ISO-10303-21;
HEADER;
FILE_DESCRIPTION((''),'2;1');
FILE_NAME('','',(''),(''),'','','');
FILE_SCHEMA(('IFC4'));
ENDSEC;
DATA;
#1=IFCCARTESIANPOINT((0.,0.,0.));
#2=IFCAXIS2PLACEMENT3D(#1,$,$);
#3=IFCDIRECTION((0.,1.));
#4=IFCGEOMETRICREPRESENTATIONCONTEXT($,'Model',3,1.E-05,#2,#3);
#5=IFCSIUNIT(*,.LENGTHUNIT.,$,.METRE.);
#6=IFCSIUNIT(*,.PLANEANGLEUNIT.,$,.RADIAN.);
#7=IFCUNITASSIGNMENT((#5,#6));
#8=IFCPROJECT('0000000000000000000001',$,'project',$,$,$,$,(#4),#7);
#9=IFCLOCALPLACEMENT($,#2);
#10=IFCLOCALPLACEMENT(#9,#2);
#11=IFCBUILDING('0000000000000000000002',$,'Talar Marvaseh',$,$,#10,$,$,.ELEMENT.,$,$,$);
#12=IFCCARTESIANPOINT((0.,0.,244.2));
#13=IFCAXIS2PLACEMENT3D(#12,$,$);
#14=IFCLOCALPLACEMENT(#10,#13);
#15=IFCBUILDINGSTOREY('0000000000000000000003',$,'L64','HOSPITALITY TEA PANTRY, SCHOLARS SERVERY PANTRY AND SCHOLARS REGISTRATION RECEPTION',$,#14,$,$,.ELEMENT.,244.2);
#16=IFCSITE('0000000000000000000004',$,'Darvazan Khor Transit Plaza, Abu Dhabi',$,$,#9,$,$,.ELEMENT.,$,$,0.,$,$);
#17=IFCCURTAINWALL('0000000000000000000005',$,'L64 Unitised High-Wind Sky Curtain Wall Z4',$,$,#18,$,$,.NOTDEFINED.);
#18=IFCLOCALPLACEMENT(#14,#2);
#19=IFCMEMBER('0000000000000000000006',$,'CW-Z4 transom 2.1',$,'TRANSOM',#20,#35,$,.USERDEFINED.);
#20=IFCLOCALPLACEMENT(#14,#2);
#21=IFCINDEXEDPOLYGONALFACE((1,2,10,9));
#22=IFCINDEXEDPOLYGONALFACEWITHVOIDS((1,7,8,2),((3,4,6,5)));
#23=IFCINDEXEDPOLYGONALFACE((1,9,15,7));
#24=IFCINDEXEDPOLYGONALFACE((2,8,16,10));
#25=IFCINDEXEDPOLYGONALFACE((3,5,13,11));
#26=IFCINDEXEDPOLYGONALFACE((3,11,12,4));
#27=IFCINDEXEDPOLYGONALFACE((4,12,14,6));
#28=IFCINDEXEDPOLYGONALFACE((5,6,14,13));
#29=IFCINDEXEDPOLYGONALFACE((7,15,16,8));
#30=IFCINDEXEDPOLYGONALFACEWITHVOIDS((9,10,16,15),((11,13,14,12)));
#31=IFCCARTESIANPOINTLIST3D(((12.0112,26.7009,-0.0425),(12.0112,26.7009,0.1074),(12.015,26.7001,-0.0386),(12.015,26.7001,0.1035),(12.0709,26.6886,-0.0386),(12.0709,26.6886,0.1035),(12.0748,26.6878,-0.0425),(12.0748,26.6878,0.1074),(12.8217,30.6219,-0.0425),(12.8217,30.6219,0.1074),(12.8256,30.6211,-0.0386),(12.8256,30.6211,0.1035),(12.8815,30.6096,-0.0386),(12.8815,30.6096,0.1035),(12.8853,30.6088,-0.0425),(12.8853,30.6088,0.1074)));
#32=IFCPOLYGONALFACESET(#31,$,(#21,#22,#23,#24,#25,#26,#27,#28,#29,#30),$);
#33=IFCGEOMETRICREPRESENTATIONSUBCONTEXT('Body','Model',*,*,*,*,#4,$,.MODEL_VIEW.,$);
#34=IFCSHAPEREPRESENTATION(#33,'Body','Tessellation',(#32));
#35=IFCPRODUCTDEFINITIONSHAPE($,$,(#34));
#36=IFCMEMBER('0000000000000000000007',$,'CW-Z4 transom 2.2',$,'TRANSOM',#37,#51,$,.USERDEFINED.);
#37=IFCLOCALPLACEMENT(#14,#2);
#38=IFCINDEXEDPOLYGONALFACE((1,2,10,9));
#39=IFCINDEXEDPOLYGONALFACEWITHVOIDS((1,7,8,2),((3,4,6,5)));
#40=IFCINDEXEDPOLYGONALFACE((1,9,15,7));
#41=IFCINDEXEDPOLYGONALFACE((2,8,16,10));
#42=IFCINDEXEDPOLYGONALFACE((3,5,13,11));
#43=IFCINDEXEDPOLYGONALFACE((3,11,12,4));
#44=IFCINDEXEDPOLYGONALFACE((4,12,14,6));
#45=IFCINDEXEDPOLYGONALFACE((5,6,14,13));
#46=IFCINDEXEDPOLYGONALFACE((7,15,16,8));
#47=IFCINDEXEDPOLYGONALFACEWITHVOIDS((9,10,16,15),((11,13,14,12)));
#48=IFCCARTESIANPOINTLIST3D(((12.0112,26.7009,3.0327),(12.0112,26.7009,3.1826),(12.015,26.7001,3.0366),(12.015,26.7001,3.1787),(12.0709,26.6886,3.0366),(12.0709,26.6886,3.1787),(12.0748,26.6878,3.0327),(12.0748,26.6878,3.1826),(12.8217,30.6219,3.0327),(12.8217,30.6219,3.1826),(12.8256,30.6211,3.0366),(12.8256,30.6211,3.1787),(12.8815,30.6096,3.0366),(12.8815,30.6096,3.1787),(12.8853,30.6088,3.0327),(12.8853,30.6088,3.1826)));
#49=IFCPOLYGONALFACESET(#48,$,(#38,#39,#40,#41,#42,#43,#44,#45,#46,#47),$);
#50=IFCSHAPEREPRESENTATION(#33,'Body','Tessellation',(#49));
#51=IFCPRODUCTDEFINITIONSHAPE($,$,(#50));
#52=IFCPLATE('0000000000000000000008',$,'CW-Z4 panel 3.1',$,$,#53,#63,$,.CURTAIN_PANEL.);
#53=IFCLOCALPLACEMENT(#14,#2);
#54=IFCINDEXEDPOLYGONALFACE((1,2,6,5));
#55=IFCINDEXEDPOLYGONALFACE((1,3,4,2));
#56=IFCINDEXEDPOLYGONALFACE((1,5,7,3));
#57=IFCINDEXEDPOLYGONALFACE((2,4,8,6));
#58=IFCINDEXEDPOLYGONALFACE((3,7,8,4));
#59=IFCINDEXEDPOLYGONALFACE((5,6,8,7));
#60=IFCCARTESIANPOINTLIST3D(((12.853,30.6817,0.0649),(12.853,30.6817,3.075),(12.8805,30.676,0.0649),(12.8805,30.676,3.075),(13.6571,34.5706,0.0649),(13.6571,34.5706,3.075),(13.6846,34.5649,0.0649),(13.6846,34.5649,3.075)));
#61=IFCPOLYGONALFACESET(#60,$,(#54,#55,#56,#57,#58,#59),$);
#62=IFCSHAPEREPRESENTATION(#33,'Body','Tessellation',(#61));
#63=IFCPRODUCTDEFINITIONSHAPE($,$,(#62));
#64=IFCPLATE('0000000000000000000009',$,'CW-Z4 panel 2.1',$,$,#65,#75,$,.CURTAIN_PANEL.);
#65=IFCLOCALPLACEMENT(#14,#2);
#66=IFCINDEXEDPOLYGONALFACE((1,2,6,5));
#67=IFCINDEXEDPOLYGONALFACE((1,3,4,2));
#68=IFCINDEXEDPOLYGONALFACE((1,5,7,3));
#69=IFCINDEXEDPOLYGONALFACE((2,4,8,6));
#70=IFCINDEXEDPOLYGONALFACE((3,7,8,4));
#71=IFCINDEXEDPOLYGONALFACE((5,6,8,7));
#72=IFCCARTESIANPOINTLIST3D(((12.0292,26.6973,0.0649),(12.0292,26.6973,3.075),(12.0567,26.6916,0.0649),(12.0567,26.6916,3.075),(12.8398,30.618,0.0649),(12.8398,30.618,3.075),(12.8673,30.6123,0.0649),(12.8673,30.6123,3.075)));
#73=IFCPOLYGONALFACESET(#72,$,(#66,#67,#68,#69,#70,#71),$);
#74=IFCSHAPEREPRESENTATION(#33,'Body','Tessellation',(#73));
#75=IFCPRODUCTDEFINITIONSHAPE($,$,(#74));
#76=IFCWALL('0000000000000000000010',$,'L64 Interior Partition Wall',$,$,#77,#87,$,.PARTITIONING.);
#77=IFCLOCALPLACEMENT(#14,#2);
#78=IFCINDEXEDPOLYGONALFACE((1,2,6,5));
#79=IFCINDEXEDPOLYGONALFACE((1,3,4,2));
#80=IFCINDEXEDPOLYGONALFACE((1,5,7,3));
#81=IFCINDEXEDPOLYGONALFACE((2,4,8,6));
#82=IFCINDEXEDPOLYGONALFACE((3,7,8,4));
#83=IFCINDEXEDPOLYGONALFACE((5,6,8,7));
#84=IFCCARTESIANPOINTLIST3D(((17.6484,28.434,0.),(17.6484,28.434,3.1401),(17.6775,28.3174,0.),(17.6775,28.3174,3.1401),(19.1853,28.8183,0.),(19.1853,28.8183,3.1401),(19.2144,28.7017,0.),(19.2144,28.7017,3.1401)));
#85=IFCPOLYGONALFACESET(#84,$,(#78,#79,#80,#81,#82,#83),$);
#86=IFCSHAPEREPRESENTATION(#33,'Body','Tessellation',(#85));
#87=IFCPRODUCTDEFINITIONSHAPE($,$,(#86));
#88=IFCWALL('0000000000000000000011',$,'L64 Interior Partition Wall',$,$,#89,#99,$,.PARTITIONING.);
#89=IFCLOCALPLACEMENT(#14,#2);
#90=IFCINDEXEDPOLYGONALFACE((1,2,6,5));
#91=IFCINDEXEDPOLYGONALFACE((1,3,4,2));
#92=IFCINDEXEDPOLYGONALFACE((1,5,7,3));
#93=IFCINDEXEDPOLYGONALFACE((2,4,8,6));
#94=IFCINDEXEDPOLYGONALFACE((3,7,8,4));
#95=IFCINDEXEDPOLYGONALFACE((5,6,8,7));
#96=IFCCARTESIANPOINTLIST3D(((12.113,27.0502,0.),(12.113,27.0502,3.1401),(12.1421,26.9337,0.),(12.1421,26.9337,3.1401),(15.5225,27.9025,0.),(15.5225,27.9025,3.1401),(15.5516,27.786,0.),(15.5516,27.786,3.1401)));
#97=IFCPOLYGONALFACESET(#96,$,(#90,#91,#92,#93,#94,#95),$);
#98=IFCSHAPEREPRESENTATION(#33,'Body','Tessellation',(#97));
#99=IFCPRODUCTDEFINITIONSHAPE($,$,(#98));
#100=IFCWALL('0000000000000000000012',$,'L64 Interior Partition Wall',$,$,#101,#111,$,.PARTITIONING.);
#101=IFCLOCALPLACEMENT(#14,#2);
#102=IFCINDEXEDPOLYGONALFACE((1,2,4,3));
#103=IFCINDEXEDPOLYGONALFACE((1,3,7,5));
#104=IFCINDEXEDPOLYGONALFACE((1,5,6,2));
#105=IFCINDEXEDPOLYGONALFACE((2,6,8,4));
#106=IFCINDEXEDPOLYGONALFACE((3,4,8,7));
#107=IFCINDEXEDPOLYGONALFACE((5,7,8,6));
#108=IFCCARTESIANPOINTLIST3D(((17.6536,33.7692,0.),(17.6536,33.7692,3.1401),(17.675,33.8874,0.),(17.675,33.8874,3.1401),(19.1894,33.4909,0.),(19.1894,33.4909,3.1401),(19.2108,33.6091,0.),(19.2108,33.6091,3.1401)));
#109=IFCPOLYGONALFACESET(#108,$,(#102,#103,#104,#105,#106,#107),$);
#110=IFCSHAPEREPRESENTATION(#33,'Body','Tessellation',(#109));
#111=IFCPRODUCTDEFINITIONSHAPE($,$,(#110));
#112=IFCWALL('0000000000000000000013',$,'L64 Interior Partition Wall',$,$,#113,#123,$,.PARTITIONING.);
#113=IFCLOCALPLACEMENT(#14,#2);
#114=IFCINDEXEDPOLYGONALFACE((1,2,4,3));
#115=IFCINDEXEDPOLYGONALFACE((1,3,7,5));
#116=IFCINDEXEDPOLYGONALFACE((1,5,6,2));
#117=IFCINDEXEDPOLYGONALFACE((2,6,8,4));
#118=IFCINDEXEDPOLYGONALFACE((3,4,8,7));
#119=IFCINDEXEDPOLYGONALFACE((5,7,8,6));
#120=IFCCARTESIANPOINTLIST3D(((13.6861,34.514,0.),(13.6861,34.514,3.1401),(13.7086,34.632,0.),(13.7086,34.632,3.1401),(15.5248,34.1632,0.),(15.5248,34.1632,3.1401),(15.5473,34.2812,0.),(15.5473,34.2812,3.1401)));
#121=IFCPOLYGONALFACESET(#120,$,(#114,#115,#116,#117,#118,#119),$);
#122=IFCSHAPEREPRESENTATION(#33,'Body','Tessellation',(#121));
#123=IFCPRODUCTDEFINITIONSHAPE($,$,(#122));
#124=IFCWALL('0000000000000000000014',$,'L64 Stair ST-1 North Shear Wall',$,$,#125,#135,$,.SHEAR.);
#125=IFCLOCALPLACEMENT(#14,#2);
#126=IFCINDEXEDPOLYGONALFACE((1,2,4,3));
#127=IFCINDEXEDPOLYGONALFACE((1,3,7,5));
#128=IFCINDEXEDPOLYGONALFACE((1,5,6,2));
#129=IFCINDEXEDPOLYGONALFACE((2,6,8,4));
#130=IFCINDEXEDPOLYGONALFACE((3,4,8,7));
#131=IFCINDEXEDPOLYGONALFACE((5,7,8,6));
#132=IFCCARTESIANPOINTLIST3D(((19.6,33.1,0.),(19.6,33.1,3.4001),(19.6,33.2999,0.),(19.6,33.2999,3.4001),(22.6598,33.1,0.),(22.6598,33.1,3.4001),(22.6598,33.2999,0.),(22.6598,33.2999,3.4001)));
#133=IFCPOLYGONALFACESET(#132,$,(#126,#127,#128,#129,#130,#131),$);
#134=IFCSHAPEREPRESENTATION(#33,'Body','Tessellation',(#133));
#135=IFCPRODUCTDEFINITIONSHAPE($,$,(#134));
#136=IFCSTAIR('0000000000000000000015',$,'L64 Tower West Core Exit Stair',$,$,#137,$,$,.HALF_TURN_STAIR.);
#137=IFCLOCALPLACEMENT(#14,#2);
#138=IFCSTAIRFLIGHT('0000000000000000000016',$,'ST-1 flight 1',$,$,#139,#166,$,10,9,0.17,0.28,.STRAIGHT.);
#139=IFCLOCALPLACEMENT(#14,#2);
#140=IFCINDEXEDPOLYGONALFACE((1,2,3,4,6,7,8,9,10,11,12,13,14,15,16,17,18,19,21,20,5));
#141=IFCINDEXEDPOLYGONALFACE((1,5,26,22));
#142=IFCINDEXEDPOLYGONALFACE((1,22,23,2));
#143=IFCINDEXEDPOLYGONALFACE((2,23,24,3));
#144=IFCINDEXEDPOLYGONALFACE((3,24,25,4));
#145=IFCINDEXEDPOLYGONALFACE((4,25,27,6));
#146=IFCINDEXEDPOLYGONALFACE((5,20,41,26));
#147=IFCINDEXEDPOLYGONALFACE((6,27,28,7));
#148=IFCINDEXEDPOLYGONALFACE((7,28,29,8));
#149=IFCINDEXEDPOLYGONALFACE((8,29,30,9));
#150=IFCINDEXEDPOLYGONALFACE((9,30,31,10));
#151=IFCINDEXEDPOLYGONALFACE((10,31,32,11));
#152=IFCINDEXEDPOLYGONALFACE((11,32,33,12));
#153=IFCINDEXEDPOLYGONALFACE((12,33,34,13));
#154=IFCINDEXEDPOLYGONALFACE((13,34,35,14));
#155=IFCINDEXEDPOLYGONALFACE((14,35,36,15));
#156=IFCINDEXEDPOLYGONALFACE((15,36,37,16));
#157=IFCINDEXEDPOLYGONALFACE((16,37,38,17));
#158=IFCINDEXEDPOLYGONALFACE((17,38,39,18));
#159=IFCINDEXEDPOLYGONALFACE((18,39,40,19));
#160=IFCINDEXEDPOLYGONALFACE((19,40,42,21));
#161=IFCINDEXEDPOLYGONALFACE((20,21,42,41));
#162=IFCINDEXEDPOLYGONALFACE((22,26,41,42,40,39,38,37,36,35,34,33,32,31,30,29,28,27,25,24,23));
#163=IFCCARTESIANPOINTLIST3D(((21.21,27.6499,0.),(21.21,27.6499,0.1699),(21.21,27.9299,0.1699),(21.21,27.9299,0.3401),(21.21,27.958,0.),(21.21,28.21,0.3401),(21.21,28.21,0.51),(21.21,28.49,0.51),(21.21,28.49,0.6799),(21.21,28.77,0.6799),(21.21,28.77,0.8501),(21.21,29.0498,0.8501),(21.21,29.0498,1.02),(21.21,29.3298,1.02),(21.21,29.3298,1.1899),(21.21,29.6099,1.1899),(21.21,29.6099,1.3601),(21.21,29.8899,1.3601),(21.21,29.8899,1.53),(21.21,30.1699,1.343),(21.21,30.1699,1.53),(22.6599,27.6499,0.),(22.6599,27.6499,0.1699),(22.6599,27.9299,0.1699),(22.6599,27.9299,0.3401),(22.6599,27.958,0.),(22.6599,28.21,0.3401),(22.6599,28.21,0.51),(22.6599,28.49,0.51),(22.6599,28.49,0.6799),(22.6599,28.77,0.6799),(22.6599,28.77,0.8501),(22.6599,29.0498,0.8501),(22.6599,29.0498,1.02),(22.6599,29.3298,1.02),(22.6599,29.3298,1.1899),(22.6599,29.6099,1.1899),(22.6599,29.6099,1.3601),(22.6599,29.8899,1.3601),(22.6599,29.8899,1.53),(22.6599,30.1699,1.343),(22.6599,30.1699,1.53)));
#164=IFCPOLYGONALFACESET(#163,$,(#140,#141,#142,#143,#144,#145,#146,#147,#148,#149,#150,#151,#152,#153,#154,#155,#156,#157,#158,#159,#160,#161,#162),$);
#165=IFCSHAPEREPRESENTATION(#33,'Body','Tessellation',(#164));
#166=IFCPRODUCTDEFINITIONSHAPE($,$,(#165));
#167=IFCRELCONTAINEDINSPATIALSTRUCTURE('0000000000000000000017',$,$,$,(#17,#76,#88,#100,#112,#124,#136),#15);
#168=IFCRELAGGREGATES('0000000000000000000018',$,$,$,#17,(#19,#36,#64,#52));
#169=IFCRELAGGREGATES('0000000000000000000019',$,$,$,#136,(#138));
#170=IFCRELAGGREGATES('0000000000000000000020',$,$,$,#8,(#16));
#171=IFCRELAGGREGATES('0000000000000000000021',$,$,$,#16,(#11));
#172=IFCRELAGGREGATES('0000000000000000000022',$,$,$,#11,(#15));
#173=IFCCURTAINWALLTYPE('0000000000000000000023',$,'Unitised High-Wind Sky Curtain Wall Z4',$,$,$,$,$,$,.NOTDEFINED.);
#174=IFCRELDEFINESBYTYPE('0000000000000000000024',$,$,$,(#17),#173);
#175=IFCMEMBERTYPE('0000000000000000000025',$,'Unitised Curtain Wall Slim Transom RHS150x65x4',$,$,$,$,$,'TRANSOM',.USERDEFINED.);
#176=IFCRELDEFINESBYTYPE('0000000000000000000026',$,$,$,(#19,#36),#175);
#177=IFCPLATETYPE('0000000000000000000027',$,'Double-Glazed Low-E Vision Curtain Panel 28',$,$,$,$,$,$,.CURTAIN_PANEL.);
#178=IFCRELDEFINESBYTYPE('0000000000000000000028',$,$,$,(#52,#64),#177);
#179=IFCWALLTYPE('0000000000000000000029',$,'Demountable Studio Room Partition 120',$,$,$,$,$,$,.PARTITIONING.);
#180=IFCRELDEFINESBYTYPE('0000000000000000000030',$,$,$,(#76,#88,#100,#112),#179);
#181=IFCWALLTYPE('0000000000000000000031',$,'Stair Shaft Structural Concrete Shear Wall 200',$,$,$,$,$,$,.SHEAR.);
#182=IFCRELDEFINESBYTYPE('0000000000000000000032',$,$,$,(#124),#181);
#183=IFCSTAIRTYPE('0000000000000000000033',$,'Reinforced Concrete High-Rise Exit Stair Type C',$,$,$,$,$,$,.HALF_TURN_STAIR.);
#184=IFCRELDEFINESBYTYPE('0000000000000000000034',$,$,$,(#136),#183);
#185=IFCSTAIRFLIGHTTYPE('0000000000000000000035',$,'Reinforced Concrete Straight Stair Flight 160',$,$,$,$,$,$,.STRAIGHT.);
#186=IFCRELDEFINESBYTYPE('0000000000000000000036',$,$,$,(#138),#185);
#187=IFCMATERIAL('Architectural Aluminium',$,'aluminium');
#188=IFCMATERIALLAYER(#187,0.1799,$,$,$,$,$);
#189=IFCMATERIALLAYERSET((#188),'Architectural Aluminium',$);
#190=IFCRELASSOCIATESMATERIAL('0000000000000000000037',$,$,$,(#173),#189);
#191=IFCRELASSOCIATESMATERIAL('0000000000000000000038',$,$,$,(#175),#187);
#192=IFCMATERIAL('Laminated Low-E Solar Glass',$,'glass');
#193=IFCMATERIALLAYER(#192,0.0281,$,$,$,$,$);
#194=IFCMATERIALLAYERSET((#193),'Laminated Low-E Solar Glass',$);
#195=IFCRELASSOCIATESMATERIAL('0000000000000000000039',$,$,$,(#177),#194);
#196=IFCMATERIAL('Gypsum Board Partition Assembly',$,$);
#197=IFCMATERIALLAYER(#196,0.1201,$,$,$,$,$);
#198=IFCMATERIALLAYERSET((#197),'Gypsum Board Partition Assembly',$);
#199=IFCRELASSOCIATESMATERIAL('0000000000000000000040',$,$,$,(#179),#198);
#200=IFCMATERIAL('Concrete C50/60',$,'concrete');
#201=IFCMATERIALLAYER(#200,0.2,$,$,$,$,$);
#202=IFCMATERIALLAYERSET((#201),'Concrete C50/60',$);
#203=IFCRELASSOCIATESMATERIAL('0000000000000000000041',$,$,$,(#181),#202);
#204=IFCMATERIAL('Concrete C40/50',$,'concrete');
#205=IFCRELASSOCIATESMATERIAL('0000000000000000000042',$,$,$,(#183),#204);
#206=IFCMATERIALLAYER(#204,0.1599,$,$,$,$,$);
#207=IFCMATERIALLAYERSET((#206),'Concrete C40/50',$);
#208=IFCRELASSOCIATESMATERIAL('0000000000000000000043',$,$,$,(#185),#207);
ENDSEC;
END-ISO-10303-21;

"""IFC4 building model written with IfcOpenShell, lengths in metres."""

from ifc_helpers import new_model, si_unit, direction, frame, frame_2d, origin, origin_2d, place, context, subcontext, project, spatial, polyline, rectangle, hollow_rectangle, outline, extrude, source, transform, mapped, material, layer, layer_set, material_profile, profile_set, type_object, type_shapes, element, aggregate, save


model = new_model("IFC4")

# Units and contexts
model_context = context("Model", 3, precision=1e-05, world=origin(), true_north=direction((0.0, 1.0)))
body_context = subcontext(model_context, "Body", "Model", "MODEL_VIEW")
ifc_project = project(units=[si_unit("LENGTHUNIT", "METRE"), si_unit("PLANEANGLEUNIT", "RADIAN")], contexts=[model_context])

# Site, building, storey
site_placement = place(None, origin())
site = spatial("IfcSite", under=ifc_project, at=site_placement, Name="Darvazan Khor Transit Plaza, Abu Dhabi", CompositionType="ELEMENT", RefElevation=0.0)
building_placement = place(site_placement, origin())
building = spatial("IfcBuilding", under=site, at=building_placement, Name="Talar Marvaseh", CompositionType="ELEMENT")
storey_placement = place(building_placement, frame((0.0, 0.0, 244.2)))
storey = spatial("IfcBuildingStorey", under=building, at=storey_placement, Name="L64", Description="HOSPITALITY TEA PANTRY, SCHOLARS SERVERY PANTRY AND SCHOLARS REGISTRATION RECEPTION", CompositionType="ELEMENT", Elevation=244.2)

# Shared definitions
ifc_material_1 = material(Name="Concrete C50/60", Category="concrete")

# Curtain wall, members, plates
ifc_material_2 = material(Name="Architectural Aluminium", Category="aluminium")
ifc_layer_1 = layer(ifc_material_2, 0.1799)
ifc_layer_set_1 = layer_set([ifc_layer_1], Name="Architectural Aluminium")
curtain_wall_type = type_object("IfcCurtainWallType", Name="Unitised High-Wind Sky Curtain Wall Z4", PredefinedType="NOTDEFINED", material=ifc_layer_set_1)
curtain_wall_placement = place(storey_placement, origin())
curtain_wall = element("IfcCurtainWall", 1, at=curtain_wall_placement, inside=storey, type_object=curtain_wall_type, Name="L64 Unitised High-Wind Sky Curtain Wall Z4", PredefinedType="NOTDEFINED")
ifc_material_profile_1 = material_profile(ifc_material_2, hollow_rectangle(XDim=0.0649, YDim=0.1499, WallThickness=0.0039, at=origin_2d()), Name="RHS150x65x4")
ifc_profile_set_1 = profile_set([ifc_material_profile_1], Name="Architectural Aluminium")
member_type_1 = type_object("IfcMemberType", Name="Unitised Curtain Wall Slim Transom RHS150x65x4", ElementType="TRANSOM", PredefinedType="USERDEFINED", material=ifc_profile_set_1)
shared_shape_1 = source(origin(), body_context, "Body", "SweptSolid", [
    extrude(hollow_rectangle(XDim=0.0649, YDim=0.1499, WallThickness=0.0039, at=origin_2d()), origin(), (0.0, 0.0, 1.0), 4.0039),
])
member_1_placement = place(storey_placement, frame((12.043, 26.6943, 0.0325), z_axis=(0.202444, 0.979294, 0.0), x_axis=(-0.979294, 0.202444, 0.0)))
member_1 = element("IfcMember", 2, at=member_1_placement, type_object=member_type_1, Name="CW-Z4 transom 2.1", ObjectType="TRANSOM", PredefinedType="USERDEFINED", context=body_context, shape_type="MappedRepresentation", body=[
    mapped(shared_shape_1, transform((0.0, 0.0, 0.0), x_axis=(1.0, 0.0, 0.0), y_axis=(0.0, 1.0, 0.0), z_axis=(0.0, 0.0, 1.0), scale=1.0)),
])
member_2_placement = place(storey_placement, frame((12.043, 26.6943, 3.1077), z_axis=(0.202444, 0.979294, 0.0), x_axis=(-0.979294, 0.202444, 0.0)))
member_2 = element("IfcMember", 3, at=member_2_placement, type_object=member_type_1, Name="CW-Z4 transom 2.2", ObjectType="TRANSOM", PredefinedType="USERDEFINED", context=body_context, shape_type="MappedRepresentation", body=[
    mapped(shared_shape_1, transform((0.0, 0.0, 0.0), x_axis=(1.0, 0.0, 0.0), y_axis=(0.0, 1.0, 0.0), z_axis=(0.0, 0.0, 1.0), scale=1.0)),
])
ifc_material_3 = material(Name="Laminated Low-E Solar Glass", Category="glass")
ifc_layer_2 = layer(ifc_material_3, 0.0281)
ifc_layer_set_2 = layer_set([ifc_layer_2], Name="Laminated Low-E Solar Glass")
plate_type = type_object("IfcPlateType", Name="Double-Glazed Low-E Vision Curtain Panel 28", PredefinedType="CURTAIN_PANEL", material=ifc_layer_set_2)
shared_shape_2 = source(origin(), body_context, "Body", "SweptSolid", [
    extrude(rectangle(XDim=3.9712, YDim=0.0281, at=origin_2d()), origin(), (0.0, 0.0, 1.0), 3.01),
])
plate_1_placement = place(storey_placement, frame((13.2688, 32.6233, 0.0649), z_axis=(0.0, 0.0, 1.0), x_axis=(0.202482, 0.979286, 0.0)))
plate_1 = element("IfcPlate", 4, at=plate_1_placement, type_object=plate_type, Name="CW-Z4 panel 3.1", PredefinedType="CURTAIN_PANEL", context=body_context, shape_type="MappedRepresentation", body=[
    mapped(shared_shape_2, transform((0.0, 0.0, 0.0), x_axis=(1.0, 0.0, 0.0), y_axis=(0.0, 1.0, 0.0), z_axis=(0.0, 0.0, 1.0), scale=1.0)),
])
shared_shape_3 = source(origin(), body_context, "Body", "SweptSolid", [
    extrude(rectangle(XDim=4.0037, YDim=0.0281, at=origin_2d()), origin(), (0.0, 0.0, 1.0), 3.01),
])
type_shapes(plate_type, [shared_shape_2, shared_shape_3])
plate_2_placement = place(storey_placement, frame((12.4482, 28.6548, 0.0649), z_axis=(0.0, 0.0, 1.0), x_axis=(0.202482, 0.979286, 0.0)))
plate_2 = element("IfcPlate", 5, at=plate_2_placement, type_object=plate_type, Name="CW-Z4 panel 2.1", PredefinedType="CURTAIN_PANEL", context=body_context, shape_type="MappedRepresentation", body=[
    mapped(shared_shape_3, transform((0.0, 0.0, 0.0), x_axis=(1.0, 0.0, 0.0), y_axis=(0.0, 1.0, 0.0), z_axis=(0.0, 0.0, 1.0), scale=1.0)),
])
aggregate(curtain_wall, [member_1, member_2, plate_2, plate_1])

# Walls
ifc_material_4 = material(Name="Gypsum Board Partition Assembly")
ifc_layer_3 = layer(ifc_material_4, 0.1201)
ifc_layer_set_3 = layer_set([ifc_layer_3], Name="Gypsum Board Partition Assembly")
wall_type_1 = type_object("IfcWallType", Name="Demountable Studio Room Partition 120", PredefinedType="PARTITIONING", material=ifc_layer_set_3)
wall_1_placement = place(storey_placement, frame((17.6631, 28.3757, 0.0), z_axis=(0.0, 0.0, 1.0), x_axis=(0.970133, 0.242572, 0.0)))
element("IfcWall", 6, at=wall_1_placement, inside=storey, type_object=wall_type_1, Name="L64 Interior Partition Wall", PredefinedType="PARTITIONING", context=body_context, shape_type="SweptSolid", body=[
    extrude(rectangle(XDim=1.5842, YDim=0.1201, at=frame_2d((0.792, 0.0))), origin(), (0.0, 0.0, 1.0), 3.1401),
])
wall_2_placement = place(storey_placement, frame((12.1274, 26.9919, 0.0), z_axis=(0.0, 0.0, 1.0), x_axis=(0.970147, 0.242519, 0.0)))
element("IfcWall", 7, at=wall_2_placement, inside=storey, type_object=wall_type_1, Name="L64 Interior Partition Wall", PredefinedType="PARTITIONING", context=body_context, shape_type="SweptSolid", body=[
    extrude(rectangle(XDim=3.5144, YDim=0.1201, at=frame_2d((1.7573, 0.0))), origin(), (0.0, 0.0, 1.0), 3.1401),
])
wall_3_placement = place(storey_placement, frame((19.2, 33.55, 0.0), z_axis=(0.0, 0.0, 1.0), x_axis=(-0.983975, 0.178307, 0.0)))
element("IfcWall", 8, at=wall_3_placement, inside=storey, type_object=wall_type_1, Name="L64 Interior Partition Wall", PredefinedType="PARTITIONING", context=body_context, shape_type="SweptSolid", body=[
    extrude(rectangle(XDim=1.5608, YDim=0.1201, at=frame_2d((0.7803, 0.0))), origin(), (0.0, 0.0, 1.0), 3.1401),
])
wall_4_placement = place(storey_placement, frame((15.5361, 34.2222, 0.0), z_axis=(0.0, 0.0, 1.0), x_axis=(-0.982278, 0.18743, 0.0)))
element("IfcWall", 9, at=wall_4_placement, inside=storey, type_object=wall_type_1, Name="L64 Interior Partition Wall", PredefinedType="PARTITIONING", context=body_context, shape_type="SweptSolid", body=[
    extrude(rectangle(XDim=1.8718, YDim=0.1201, at=frame_2d((0.936, 0.0))), origin(), (0.0, 0.0, 1.0), 3.1401),
])
ifc_layer_4 = layer(ifc_material_1, 0.2)
ifc_layer_set_4 = layer_set([ifc_layer_4], Name="Concrete C50/60")
wall_type_2 = type_object("IfcWallType", Name="Stair Shaft Structural Concrete Shear Wall 200", PredefinedType="SHEAR", material=ifc_layer_set_4)
wall_5_placement = place(storey_placement, frame((19.6001, 33.2, 0.0), z_axis=(0.0, 0.0, 1.0), x_axis=(1.0, 0.0, 0.0)))
element("IfcWall", 10, at=wall_5_placement, inside=storey, type_object=wall_type_2, Name="L64 Stair ST-1 North Shear Wall", PredefinedType="SHEAR", context=body_context, shape_type="SweptSolid", body=[
    extrude(rectangle(XDim=3.0598, YDim=0.2, at=frame_2d((1.5298, 0.0))), origin(), (0.0, 0.0, 1.0), 3.4001),
])

# Stair, stair flight
ifc_material_5 = material(Name="Concrete C40/50", Category="concrete")
stair_type = type_object("IfcStairType", Name="Reinforced Concrete High-Rise Exit Stair Type C", PredefinedType="HALF_TURN_STAIR", material=ifc_material_5)
stair_placement = place(storey_placement, origin())
stair = element("IfcStair", 11, at=stair_placement, inside=storey, type_object=stair_type, Name="L64 Tower West Core Exit Stair", PredefinedType="HALF_TURN_STAIR")
ifc_layer_5 = layer(ifc_material_5, 0.1599)
ifc_layer_set_5 = layer_set([ifc_layer_5], Name="Concrete C40/50")
stair_flight_type = type_object("IfcStairFlightType", Name="Reinforced Concrete Straight Stair Flight 160", PredefinedType="STRAIGHT", material=ifc_layer_set_5)
stair_flight_1_placement = place(storey_placement, frame((21.9351, 27.6499, 0.0), z_axis=(0.0, 0.0, 1.0), x_axis=(0.0, 1.0, 0.0)))
stair_flight_1 = element("IfcStairFlight", 12, at=stair_flight_1_placement, type_object=stair_flight_type, Name="ST-1 flight 1", NumberOfRisers=10, NumberOfTreads=9, PredefinedType="STRAIGHT", RiserHeight=0.17, TreadLength=0.28, context=body_context, shape_type="SweptSolid", body=[
    extrude(outline(polyline([(0.0, 0.0), (0.0, 0.1699), (0.28, 0.1699), (0.28, 0.3401), (0.5601, 0.3401), (0.5601, 0.51), (0.8401, 0.51), (0.8401, 0.6799), (1.1201, 0.6799), (1.1201, 0.8501), (1.3999, 0.8501), (1.3999, 1.02), (1.6799, 1.02), (1.6799, 1.1899), (1.96, 1.1899), (1.96, 1.3601), (2.24, 1.3601), (2.24, 1.53), (2.52, 1.53), (2.52, 1.7), (2.52, 1.343), (0.3081, 0.0), (0.0, 0.0)])), frame((0.0, 0.7251, 0.0), z_axis=(0.0, -1.0, 0.0), x_axis=(1.0, 0.0, 0.0)), (0.0, 0.0, 1.0), 1.45),
])
aggregate(stair, [stair_flight_1])

save(model, "model.ifc")
